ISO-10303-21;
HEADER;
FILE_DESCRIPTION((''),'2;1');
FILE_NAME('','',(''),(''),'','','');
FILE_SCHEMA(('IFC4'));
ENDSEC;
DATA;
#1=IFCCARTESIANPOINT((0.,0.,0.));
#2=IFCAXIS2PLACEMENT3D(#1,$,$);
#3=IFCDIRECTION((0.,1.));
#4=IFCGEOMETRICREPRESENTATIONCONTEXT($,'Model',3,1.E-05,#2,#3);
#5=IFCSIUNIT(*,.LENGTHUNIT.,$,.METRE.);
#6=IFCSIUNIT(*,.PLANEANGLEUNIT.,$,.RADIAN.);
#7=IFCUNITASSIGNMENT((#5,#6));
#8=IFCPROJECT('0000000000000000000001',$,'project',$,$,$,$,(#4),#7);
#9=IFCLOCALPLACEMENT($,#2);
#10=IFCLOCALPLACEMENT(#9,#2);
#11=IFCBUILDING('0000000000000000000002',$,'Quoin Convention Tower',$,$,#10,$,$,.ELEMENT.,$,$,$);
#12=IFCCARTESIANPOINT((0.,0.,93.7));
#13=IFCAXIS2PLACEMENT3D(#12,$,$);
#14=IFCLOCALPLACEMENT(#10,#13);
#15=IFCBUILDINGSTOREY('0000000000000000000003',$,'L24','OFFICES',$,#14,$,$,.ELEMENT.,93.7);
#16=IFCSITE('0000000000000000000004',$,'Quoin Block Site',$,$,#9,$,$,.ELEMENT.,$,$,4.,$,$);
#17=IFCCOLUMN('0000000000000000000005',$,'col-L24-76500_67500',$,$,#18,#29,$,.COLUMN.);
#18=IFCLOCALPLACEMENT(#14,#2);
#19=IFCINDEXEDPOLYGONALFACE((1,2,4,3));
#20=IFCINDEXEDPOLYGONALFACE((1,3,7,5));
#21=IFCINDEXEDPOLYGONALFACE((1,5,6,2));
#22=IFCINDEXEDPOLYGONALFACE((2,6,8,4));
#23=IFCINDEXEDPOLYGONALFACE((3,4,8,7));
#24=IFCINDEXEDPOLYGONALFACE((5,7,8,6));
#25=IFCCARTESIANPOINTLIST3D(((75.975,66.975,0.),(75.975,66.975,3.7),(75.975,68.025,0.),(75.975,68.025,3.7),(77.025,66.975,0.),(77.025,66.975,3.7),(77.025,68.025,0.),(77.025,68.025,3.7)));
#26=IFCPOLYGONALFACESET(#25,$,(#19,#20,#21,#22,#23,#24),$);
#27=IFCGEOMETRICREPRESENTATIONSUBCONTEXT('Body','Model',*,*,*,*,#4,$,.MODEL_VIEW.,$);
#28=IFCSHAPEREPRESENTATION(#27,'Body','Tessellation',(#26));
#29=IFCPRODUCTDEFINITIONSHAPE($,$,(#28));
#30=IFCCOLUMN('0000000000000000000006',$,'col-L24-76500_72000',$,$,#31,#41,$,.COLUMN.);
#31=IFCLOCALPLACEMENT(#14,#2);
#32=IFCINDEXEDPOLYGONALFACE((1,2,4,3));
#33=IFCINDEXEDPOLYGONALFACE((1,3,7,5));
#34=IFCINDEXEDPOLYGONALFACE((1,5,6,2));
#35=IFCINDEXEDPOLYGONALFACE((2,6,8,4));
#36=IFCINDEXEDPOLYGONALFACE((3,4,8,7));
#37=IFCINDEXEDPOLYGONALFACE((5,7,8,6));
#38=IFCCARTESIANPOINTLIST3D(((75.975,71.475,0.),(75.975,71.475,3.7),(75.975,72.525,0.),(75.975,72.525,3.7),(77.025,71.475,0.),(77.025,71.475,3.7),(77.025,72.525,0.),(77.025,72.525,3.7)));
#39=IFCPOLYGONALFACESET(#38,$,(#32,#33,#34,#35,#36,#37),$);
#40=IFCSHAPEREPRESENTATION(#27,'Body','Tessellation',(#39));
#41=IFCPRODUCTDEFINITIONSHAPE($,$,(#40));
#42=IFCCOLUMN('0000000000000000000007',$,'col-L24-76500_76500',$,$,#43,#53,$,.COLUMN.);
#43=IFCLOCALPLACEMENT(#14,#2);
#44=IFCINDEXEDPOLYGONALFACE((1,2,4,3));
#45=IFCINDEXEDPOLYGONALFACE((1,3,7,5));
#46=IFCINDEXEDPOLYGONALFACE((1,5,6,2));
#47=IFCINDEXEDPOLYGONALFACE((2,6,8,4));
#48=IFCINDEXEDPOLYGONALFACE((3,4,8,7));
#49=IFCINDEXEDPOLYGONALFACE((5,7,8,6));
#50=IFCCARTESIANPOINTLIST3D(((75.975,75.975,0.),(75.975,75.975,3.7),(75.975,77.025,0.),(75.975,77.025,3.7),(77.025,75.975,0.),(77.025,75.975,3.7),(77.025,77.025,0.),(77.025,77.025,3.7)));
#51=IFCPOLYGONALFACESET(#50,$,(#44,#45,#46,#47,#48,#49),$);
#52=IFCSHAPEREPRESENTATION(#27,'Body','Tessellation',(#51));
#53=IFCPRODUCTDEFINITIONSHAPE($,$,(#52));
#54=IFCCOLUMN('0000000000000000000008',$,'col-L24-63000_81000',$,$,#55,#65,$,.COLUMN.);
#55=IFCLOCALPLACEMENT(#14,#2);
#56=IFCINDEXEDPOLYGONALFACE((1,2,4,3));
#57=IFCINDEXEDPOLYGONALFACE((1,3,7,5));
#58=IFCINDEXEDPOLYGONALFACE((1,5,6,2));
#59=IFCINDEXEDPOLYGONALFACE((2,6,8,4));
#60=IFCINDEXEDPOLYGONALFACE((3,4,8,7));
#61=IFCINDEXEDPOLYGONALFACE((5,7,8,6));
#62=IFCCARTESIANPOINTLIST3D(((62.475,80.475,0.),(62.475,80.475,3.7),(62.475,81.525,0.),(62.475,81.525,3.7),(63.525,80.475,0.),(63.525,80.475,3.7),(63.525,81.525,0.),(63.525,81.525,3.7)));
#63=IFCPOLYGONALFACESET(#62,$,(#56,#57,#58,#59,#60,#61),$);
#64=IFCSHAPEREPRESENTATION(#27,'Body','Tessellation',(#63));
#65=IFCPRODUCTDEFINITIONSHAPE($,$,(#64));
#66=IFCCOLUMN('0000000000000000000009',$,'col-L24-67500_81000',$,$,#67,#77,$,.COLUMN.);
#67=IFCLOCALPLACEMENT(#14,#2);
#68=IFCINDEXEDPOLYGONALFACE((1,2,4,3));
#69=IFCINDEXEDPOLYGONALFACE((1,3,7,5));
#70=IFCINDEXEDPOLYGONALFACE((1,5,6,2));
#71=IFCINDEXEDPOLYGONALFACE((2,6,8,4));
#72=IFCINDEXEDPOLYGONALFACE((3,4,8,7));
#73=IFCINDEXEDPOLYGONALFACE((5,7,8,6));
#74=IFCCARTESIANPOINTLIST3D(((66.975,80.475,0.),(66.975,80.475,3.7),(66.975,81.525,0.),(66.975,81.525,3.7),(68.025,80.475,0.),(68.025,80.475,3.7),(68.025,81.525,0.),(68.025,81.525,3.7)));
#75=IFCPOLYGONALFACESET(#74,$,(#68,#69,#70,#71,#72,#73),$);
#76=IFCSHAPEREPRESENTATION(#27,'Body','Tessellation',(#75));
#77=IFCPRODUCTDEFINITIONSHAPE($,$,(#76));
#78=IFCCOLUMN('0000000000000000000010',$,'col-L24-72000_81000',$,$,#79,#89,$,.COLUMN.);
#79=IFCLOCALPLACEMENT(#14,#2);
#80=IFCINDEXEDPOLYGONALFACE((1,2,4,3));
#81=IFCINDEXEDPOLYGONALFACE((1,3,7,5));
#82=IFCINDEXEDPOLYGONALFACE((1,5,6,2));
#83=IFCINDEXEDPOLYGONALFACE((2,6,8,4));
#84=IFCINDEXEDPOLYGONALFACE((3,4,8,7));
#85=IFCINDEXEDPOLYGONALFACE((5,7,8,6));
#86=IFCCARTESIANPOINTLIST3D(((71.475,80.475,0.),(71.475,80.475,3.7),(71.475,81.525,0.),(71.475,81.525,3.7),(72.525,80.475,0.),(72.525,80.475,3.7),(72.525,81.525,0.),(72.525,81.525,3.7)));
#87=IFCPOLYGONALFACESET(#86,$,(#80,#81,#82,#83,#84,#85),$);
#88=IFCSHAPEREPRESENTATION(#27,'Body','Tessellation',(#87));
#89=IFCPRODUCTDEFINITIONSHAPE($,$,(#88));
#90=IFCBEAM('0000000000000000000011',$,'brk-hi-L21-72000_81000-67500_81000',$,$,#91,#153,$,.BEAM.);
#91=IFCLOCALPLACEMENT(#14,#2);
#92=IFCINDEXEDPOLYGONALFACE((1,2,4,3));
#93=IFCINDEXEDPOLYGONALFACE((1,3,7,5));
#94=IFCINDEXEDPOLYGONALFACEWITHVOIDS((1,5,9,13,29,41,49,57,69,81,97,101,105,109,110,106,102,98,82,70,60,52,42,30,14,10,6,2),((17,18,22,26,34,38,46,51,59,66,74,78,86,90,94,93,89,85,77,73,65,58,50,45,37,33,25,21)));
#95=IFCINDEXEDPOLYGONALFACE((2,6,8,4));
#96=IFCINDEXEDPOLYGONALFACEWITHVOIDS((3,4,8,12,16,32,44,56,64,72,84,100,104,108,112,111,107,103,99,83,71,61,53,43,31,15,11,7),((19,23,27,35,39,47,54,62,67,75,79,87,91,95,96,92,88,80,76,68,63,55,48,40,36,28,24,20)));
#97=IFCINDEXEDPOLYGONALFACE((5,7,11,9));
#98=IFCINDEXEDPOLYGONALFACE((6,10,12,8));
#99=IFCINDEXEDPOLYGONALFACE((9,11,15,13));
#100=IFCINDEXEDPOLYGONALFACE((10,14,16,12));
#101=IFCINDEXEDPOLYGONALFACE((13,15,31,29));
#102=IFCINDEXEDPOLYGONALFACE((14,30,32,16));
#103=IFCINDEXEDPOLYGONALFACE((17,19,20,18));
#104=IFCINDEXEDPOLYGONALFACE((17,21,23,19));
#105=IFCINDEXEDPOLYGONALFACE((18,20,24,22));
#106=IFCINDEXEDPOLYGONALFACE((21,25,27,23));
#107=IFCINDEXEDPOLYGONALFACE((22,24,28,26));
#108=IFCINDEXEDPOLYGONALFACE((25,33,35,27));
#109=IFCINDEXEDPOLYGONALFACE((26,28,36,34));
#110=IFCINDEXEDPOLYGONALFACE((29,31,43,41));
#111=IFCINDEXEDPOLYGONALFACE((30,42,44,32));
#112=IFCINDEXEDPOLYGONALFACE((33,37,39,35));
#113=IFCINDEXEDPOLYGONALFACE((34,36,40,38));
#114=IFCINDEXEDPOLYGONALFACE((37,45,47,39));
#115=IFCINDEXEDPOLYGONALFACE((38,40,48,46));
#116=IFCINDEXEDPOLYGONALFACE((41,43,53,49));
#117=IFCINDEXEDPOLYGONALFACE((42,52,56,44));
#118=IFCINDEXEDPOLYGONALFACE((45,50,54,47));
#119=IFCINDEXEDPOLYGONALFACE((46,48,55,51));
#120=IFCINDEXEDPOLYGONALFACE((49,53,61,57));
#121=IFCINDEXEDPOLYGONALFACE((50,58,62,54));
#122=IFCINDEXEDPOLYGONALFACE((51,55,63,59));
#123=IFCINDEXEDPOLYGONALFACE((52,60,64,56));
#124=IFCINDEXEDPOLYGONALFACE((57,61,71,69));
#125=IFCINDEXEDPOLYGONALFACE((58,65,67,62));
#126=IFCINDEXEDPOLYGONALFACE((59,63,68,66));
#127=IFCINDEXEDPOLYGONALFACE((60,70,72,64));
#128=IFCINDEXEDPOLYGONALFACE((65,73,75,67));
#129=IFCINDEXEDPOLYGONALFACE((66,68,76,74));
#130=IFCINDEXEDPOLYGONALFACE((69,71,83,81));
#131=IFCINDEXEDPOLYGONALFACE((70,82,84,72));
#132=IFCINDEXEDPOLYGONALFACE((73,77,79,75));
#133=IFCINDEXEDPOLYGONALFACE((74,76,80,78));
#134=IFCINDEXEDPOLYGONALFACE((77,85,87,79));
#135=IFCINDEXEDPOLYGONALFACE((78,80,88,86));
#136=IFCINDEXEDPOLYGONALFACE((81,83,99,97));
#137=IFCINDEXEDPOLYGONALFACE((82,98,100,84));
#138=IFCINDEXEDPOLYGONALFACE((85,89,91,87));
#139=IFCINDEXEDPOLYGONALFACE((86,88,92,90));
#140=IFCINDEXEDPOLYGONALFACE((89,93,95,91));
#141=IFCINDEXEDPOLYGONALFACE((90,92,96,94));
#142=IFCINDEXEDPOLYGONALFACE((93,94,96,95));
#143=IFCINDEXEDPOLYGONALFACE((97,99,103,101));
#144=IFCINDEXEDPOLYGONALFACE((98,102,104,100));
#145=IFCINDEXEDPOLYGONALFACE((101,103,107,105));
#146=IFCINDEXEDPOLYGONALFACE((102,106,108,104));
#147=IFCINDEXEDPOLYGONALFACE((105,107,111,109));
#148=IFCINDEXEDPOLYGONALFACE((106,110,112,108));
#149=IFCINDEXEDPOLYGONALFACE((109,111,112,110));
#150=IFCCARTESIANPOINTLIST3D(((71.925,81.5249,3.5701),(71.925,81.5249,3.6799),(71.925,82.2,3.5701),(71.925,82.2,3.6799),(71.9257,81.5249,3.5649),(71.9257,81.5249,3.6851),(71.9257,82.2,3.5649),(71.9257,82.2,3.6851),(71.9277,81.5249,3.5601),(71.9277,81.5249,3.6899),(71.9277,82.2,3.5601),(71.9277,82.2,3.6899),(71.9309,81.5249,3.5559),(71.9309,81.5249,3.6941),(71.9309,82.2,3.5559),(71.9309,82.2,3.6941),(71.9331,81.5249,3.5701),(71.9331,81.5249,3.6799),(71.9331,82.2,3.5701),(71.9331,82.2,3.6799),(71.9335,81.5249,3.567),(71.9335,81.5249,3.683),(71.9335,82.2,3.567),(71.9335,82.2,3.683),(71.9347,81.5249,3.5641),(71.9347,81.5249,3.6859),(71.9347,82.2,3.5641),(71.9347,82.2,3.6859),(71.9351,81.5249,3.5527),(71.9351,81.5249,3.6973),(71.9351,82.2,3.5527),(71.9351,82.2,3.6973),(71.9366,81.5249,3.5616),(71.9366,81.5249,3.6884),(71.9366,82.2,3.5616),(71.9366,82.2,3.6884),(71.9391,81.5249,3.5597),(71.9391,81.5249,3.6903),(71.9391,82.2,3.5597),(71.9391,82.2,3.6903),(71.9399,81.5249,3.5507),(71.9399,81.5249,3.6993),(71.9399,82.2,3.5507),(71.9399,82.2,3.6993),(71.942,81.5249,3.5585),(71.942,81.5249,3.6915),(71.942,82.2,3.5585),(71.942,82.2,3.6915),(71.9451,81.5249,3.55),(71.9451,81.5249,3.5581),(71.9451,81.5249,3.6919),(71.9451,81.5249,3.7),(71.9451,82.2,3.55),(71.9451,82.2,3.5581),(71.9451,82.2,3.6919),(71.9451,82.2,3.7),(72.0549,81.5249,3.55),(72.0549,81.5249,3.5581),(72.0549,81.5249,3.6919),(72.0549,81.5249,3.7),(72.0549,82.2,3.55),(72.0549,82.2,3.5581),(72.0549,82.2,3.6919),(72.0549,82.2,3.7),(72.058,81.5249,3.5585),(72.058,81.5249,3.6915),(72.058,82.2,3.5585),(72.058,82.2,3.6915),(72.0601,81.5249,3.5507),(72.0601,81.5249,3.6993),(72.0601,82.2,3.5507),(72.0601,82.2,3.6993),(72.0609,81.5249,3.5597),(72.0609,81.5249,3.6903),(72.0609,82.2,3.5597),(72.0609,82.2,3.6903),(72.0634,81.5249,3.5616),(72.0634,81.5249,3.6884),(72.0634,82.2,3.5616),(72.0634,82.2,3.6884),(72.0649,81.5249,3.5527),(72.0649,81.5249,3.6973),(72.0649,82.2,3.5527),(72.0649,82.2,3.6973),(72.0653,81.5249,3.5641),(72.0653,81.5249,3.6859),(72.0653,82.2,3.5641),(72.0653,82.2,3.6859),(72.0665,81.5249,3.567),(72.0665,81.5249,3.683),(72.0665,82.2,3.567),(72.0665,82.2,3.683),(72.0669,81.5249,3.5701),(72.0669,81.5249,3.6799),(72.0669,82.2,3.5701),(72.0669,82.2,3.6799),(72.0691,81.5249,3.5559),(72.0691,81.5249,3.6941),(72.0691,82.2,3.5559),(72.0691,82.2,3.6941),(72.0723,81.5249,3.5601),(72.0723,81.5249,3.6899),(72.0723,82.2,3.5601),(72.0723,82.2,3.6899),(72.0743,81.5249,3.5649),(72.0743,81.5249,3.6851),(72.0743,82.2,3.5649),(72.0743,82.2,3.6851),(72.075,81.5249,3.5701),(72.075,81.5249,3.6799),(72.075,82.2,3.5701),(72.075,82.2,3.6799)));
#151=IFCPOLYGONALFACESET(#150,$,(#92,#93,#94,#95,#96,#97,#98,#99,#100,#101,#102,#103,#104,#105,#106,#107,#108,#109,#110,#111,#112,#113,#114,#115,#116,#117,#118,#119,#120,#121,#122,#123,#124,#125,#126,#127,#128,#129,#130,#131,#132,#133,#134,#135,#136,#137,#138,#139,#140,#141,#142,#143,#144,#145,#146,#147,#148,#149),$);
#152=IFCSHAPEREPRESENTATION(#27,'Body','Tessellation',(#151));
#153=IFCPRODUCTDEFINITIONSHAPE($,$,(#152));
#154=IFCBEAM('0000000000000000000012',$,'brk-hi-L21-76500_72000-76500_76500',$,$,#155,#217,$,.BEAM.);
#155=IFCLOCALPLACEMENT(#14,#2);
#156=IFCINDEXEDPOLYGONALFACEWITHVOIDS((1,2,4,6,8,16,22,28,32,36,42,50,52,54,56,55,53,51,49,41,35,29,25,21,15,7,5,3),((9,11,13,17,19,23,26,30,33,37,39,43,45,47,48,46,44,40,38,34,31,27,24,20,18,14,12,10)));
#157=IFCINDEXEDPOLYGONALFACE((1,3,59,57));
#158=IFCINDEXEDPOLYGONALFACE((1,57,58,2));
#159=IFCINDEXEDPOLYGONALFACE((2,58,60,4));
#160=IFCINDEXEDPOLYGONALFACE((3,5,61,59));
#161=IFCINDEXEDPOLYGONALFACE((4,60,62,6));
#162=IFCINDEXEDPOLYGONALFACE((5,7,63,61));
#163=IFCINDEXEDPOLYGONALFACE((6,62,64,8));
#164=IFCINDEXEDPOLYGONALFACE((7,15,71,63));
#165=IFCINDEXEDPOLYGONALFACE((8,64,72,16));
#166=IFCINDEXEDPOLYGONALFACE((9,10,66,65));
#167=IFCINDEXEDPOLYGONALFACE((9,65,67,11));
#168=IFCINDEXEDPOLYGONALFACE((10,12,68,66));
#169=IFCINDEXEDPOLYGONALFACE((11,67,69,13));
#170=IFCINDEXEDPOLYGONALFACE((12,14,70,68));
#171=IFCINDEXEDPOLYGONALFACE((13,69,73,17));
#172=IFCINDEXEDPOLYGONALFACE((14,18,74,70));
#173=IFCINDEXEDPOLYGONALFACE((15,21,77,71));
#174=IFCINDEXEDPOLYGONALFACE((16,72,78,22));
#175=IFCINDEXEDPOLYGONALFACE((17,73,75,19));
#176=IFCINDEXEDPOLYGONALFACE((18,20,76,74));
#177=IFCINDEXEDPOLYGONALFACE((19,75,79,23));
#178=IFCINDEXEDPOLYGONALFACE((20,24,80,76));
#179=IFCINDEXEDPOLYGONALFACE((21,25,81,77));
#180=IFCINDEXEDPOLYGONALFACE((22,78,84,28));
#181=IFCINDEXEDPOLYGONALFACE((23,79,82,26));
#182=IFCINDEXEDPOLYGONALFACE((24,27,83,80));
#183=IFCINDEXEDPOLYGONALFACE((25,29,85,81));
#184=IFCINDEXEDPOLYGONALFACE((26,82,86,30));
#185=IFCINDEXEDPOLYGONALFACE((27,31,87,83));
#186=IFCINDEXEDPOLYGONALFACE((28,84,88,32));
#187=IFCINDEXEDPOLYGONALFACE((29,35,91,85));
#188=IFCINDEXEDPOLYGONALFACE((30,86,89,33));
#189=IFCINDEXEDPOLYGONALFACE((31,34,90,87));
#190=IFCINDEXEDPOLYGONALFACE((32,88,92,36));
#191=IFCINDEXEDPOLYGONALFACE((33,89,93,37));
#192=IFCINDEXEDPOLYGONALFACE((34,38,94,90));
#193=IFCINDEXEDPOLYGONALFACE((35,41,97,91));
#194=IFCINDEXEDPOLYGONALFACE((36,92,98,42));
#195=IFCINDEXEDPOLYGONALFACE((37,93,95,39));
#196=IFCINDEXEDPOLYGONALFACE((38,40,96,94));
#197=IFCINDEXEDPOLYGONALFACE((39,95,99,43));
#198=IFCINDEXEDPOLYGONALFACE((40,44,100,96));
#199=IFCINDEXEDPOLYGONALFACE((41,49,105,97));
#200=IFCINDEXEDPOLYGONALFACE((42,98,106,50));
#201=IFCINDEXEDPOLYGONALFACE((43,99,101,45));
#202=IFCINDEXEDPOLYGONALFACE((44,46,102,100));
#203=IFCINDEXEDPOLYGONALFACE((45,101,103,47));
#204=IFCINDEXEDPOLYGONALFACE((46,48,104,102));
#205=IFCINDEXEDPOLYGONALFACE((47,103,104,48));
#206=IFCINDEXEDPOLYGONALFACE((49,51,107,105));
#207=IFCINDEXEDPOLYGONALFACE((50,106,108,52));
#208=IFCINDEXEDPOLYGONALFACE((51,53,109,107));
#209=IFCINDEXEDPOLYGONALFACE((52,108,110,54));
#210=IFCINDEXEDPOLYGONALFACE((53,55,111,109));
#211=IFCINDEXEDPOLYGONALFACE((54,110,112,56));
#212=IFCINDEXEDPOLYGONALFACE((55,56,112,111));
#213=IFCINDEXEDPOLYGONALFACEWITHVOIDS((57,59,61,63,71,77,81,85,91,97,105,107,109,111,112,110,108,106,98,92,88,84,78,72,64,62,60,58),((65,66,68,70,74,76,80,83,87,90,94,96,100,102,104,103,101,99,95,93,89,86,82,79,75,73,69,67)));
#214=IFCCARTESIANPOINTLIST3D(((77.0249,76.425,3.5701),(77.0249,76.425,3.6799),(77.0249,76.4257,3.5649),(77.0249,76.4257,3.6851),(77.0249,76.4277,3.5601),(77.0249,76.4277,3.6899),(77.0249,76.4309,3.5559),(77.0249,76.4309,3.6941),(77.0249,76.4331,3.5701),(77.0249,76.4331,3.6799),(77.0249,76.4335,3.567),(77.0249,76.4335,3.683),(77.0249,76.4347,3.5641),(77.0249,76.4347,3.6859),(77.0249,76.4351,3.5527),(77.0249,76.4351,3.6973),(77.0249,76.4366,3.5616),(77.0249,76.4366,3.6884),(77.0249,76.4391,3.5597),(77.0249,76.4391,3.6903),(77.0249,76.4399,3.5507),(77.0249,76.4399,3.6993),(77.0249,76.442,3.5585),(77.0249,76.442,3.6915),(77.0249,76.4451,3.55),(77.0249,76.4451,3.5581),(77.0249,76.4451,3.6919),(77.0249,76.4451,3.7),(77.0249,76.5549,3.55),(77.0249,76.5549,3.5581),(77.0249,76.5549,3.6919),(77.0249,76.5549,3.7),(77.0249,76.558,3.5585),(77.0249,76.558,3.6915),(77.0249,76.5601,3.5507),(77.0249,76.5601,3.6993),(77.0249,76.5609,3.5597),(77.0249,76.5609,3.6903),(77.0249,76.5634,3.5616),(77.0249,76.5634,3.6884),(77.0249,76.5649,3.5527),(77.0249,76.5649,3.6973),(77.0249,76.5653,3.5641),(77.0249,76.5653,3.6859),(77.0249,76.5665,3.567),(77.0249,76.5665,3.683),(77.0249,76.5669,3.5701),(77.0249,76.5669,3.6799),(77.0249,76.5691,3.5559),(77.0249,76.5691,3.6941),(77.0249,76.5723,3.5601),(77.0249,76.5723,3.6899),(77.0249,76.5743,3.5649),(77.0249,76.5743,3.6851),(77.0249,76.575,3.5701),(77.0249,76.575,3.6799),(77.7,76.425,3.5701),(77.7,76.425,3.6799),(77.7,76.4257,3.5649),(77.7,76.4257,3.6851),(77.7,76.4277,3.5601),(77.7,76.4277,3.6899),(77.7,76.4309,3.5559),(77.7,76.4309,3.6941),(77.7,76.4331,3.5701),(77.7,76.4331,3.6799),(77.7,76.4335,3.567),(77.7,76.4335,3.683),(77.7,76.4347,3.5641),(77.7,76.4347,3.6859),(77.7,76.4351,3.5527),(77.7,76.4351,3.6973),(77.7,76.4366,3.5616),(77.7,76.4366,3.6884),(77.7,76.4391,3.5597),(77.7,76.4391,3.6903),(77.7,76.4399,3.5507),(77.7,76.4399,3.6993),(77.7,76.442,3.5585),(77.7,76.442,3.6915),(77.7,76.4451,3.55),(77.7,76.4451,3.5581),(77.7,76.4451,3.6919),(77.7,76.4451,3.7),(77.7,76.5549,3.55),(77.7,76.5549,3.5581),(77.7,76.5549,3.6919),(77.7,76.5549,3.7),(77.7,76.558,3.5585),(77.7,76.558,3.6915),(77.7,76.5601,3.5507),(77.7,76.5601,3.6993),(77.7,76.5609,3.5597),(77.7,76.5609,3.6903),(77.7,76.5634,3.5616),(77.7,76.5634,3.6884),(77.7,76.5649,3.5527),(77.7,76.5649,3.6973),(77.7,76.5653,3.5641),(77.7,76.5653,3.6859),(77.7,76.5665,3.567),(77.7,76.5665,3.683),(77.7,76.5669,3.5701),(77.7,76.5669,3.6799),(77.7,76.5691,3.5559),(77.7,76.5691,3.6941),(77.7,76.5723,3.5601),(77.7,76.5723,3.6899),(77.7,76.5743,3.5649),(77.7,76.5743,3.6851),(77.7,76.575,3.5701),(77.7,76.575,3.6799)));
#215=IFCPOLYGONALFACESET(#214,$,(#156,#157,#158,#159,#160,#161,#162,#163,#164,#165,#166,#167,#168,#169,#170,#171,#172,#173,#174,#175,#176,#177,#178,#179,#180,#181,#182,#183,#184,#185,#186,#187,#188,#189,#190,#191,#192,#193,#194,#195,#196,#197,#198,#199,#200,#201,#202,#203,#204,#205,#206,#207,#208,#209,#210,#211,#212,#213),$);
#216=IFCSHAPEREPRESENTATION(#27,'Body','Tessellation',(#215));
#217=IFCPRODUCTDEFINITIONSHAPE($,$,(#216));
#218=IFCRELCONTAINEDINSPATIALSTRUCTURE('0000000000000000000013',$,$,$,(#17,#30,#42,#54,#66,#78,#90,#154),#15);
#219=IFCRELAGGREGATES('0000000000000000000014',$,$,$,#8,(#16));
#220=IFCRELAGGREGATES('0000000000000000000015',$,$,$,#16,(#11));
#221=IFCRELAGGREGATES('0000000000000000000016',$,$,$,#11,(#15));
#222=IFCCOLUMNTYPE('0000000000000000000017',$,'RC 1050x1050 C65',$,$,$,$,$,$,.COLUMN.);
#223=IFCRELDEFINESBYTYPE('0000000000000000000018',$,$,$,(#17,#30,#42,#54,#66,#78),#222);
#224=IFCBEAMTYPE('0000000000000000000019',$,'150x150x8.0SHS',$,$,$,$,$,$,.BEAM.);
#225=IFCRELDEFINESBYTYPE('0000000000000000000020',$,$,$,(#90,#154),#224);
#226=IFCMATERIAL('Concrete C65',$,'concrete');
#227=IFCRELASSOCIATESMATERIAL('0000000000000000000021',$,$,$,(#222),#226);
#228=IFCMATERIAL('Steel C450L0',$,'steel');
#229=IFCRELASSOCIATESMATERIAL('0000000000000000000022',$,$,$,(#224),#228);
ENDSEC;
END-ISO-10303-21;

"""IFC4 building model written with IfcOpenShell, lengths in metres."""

from ifc_helpers import new_model, si_unit, direction, frame, origin, origin_2d, place, context, subcontext, project, spatial, rectangle, hollow_rectangle, extrude, material, material_profile, profile_set, type_object, element, save


model = new_model("IFC4")

# Units and contexts
model_context = context("Model", 3, precision=1e-05, world=origin(), true_north=direction((0.0, 1.0)))
body_context = subcontext(model_context, "Body", "Model", "MODEL_VIEW")
ifc_project = project(units=[si_unit("LENGTHUNIT", "METRE"), si_unit("PLANEANGLEUNIT", "RADIAN")], contexts=[model_context])

# Site, building, storey
site_placement = place(None, origin())
site = spatial("IfcSite", under=ifc_project, at=site_placement, Name="Quoin Block Site", CompositionType="ELEMENT", RefElevation=4.0)
building_placement = place(site_placement, origin())
building = spatial("IfcBuilding", under=site, at=building_placement, Name="Quoin Convention Tower", CompositionType="ELEMENT")
storey_placement = place(building_placement, frame((0.0, 0.0, 93.7)))
storey = spatial("IfcBuildingStorey", under=building, at=storey_placement, Name="L24", Description="OFFICES", CompositionType="ELEMENT", Elevation=93.7)

# Columns
ifc_material_1 = material(Name="Concrete C65", Category="concrete")
ifc_material_profile_1 = material_profile(ifc_material_1, rectangle(XDim=1.05, YDim=1.05, at=origin_2d()), Name="RC 1050x1050")
ifc_profile_set_1 = profile_set([ifc_material_profile_1], Name="Concrete C65")
column_type = type_object("IfcColumnType", Name="RC 1050x1050 C65", PredefinedType="COLUMN", material=ifc_profile_set_1)
for number, where, z_axis, x_axis, name in (
    (1, (76.5, 67.5, 0.0), (0.0, 0.0, 1.0), (1.0, 0.0, 0.0), "col-L24-76500_67500"),
    (2, (76.5, 72.0, 0.0), (0.0, 0.0, 1.0), (1.0, 0.0, 0.0), "col-L24-76500_72000"),
    (3, (76.5, 76.5, 0.0), (0.0, 0.0, 1.0), (1.0, 0.0, 0.0), "col-L24-76500_76500"),
    (4, (63.0, 81.0, 0.0), (0.0, 0.0, 1.0), (1.0, 0.0, 0.0), "col-L24-63000_81000"),
    (5, (67.5, 81.0, 0.0), (0.0, 0.0, 1.0), (1.0, 0.0, 0.0), "col-L24-67500_81000"),
    (6, (72.0, 81.0, 0.0), (0.0, 0.0, 1.0), (1.0, 0.0, 0.0), "col-L24-72000_81000"),
):
    element("IfcColumn", number, at=place(storey_placement, frame(where, z_axis=z_axis, x_axis=x_axis)), inside=storey, type_object=column_type, Name=name, PredefinedType="COLUMN", context=body_context, shape_type="SweptSolid", body=[
        extrude(rectangle(XDim=1.05, YDim=1.05, at=origin_2d()), origin(), (0.0, 0.0, 1.0), 3.7),
    ])

# Beams
ifc_material_2 = material(Name="Steel C450L0", Category="steel")
ifc_material_profile_2 = material_profile(ifc_material_2, hollow_rectangle(XDim=0.1499, YDim=0.1499, WallThickness=0.0081, InnerFilletRadius=0.012, OuterFilletRadius=0.02, at=origin_2d()), Name="150x150x8.0SHS")
ifc_profile_set_2 = profile_set([ifc_material_profile_2], Name="Steel C450L0")
beam_type_1 = type_object("IfcBeamType", Name="150x150x8.0SHS", PredefinedType="BEAM", material=ifc_profile_set_2)
for number, where, z_axis, x_axis, name in (
    (7, (72.0, 81.5249, 3.625), (0.0, 1.0, 0.0), (-1.0, 0.0, 0.0), "brk-hi-L21-72000_81000-67500_81000"),
    (8, (77.0249, 76.5, 3.625), (1.0, 0.0, 0.0), (0.0, 1.0, 0.0), "brk-hi-L21-76500_72000-76500_76500"),
):
    element("IfcBeam", number, at=place(storey_placement, frame(where, z_axis=z_axis, x_axis=x_axis)), inside=storey, type_object=beam_type_1, Name=name, PredefinedType="BEAM", context=body_context, shape_type="SweptSolid", body=[
        extrude(hollow_rectangle(XDim=0.1499, YDim=0.1499, WallThickness=0.0081, InnerFilletRadius=0.012, OuterFilletRadius=0.02, at=origin_2d()), origin(), (0.0, 0.0, 1.0), 0.675),
    ])

save(model, "model.ifc")
